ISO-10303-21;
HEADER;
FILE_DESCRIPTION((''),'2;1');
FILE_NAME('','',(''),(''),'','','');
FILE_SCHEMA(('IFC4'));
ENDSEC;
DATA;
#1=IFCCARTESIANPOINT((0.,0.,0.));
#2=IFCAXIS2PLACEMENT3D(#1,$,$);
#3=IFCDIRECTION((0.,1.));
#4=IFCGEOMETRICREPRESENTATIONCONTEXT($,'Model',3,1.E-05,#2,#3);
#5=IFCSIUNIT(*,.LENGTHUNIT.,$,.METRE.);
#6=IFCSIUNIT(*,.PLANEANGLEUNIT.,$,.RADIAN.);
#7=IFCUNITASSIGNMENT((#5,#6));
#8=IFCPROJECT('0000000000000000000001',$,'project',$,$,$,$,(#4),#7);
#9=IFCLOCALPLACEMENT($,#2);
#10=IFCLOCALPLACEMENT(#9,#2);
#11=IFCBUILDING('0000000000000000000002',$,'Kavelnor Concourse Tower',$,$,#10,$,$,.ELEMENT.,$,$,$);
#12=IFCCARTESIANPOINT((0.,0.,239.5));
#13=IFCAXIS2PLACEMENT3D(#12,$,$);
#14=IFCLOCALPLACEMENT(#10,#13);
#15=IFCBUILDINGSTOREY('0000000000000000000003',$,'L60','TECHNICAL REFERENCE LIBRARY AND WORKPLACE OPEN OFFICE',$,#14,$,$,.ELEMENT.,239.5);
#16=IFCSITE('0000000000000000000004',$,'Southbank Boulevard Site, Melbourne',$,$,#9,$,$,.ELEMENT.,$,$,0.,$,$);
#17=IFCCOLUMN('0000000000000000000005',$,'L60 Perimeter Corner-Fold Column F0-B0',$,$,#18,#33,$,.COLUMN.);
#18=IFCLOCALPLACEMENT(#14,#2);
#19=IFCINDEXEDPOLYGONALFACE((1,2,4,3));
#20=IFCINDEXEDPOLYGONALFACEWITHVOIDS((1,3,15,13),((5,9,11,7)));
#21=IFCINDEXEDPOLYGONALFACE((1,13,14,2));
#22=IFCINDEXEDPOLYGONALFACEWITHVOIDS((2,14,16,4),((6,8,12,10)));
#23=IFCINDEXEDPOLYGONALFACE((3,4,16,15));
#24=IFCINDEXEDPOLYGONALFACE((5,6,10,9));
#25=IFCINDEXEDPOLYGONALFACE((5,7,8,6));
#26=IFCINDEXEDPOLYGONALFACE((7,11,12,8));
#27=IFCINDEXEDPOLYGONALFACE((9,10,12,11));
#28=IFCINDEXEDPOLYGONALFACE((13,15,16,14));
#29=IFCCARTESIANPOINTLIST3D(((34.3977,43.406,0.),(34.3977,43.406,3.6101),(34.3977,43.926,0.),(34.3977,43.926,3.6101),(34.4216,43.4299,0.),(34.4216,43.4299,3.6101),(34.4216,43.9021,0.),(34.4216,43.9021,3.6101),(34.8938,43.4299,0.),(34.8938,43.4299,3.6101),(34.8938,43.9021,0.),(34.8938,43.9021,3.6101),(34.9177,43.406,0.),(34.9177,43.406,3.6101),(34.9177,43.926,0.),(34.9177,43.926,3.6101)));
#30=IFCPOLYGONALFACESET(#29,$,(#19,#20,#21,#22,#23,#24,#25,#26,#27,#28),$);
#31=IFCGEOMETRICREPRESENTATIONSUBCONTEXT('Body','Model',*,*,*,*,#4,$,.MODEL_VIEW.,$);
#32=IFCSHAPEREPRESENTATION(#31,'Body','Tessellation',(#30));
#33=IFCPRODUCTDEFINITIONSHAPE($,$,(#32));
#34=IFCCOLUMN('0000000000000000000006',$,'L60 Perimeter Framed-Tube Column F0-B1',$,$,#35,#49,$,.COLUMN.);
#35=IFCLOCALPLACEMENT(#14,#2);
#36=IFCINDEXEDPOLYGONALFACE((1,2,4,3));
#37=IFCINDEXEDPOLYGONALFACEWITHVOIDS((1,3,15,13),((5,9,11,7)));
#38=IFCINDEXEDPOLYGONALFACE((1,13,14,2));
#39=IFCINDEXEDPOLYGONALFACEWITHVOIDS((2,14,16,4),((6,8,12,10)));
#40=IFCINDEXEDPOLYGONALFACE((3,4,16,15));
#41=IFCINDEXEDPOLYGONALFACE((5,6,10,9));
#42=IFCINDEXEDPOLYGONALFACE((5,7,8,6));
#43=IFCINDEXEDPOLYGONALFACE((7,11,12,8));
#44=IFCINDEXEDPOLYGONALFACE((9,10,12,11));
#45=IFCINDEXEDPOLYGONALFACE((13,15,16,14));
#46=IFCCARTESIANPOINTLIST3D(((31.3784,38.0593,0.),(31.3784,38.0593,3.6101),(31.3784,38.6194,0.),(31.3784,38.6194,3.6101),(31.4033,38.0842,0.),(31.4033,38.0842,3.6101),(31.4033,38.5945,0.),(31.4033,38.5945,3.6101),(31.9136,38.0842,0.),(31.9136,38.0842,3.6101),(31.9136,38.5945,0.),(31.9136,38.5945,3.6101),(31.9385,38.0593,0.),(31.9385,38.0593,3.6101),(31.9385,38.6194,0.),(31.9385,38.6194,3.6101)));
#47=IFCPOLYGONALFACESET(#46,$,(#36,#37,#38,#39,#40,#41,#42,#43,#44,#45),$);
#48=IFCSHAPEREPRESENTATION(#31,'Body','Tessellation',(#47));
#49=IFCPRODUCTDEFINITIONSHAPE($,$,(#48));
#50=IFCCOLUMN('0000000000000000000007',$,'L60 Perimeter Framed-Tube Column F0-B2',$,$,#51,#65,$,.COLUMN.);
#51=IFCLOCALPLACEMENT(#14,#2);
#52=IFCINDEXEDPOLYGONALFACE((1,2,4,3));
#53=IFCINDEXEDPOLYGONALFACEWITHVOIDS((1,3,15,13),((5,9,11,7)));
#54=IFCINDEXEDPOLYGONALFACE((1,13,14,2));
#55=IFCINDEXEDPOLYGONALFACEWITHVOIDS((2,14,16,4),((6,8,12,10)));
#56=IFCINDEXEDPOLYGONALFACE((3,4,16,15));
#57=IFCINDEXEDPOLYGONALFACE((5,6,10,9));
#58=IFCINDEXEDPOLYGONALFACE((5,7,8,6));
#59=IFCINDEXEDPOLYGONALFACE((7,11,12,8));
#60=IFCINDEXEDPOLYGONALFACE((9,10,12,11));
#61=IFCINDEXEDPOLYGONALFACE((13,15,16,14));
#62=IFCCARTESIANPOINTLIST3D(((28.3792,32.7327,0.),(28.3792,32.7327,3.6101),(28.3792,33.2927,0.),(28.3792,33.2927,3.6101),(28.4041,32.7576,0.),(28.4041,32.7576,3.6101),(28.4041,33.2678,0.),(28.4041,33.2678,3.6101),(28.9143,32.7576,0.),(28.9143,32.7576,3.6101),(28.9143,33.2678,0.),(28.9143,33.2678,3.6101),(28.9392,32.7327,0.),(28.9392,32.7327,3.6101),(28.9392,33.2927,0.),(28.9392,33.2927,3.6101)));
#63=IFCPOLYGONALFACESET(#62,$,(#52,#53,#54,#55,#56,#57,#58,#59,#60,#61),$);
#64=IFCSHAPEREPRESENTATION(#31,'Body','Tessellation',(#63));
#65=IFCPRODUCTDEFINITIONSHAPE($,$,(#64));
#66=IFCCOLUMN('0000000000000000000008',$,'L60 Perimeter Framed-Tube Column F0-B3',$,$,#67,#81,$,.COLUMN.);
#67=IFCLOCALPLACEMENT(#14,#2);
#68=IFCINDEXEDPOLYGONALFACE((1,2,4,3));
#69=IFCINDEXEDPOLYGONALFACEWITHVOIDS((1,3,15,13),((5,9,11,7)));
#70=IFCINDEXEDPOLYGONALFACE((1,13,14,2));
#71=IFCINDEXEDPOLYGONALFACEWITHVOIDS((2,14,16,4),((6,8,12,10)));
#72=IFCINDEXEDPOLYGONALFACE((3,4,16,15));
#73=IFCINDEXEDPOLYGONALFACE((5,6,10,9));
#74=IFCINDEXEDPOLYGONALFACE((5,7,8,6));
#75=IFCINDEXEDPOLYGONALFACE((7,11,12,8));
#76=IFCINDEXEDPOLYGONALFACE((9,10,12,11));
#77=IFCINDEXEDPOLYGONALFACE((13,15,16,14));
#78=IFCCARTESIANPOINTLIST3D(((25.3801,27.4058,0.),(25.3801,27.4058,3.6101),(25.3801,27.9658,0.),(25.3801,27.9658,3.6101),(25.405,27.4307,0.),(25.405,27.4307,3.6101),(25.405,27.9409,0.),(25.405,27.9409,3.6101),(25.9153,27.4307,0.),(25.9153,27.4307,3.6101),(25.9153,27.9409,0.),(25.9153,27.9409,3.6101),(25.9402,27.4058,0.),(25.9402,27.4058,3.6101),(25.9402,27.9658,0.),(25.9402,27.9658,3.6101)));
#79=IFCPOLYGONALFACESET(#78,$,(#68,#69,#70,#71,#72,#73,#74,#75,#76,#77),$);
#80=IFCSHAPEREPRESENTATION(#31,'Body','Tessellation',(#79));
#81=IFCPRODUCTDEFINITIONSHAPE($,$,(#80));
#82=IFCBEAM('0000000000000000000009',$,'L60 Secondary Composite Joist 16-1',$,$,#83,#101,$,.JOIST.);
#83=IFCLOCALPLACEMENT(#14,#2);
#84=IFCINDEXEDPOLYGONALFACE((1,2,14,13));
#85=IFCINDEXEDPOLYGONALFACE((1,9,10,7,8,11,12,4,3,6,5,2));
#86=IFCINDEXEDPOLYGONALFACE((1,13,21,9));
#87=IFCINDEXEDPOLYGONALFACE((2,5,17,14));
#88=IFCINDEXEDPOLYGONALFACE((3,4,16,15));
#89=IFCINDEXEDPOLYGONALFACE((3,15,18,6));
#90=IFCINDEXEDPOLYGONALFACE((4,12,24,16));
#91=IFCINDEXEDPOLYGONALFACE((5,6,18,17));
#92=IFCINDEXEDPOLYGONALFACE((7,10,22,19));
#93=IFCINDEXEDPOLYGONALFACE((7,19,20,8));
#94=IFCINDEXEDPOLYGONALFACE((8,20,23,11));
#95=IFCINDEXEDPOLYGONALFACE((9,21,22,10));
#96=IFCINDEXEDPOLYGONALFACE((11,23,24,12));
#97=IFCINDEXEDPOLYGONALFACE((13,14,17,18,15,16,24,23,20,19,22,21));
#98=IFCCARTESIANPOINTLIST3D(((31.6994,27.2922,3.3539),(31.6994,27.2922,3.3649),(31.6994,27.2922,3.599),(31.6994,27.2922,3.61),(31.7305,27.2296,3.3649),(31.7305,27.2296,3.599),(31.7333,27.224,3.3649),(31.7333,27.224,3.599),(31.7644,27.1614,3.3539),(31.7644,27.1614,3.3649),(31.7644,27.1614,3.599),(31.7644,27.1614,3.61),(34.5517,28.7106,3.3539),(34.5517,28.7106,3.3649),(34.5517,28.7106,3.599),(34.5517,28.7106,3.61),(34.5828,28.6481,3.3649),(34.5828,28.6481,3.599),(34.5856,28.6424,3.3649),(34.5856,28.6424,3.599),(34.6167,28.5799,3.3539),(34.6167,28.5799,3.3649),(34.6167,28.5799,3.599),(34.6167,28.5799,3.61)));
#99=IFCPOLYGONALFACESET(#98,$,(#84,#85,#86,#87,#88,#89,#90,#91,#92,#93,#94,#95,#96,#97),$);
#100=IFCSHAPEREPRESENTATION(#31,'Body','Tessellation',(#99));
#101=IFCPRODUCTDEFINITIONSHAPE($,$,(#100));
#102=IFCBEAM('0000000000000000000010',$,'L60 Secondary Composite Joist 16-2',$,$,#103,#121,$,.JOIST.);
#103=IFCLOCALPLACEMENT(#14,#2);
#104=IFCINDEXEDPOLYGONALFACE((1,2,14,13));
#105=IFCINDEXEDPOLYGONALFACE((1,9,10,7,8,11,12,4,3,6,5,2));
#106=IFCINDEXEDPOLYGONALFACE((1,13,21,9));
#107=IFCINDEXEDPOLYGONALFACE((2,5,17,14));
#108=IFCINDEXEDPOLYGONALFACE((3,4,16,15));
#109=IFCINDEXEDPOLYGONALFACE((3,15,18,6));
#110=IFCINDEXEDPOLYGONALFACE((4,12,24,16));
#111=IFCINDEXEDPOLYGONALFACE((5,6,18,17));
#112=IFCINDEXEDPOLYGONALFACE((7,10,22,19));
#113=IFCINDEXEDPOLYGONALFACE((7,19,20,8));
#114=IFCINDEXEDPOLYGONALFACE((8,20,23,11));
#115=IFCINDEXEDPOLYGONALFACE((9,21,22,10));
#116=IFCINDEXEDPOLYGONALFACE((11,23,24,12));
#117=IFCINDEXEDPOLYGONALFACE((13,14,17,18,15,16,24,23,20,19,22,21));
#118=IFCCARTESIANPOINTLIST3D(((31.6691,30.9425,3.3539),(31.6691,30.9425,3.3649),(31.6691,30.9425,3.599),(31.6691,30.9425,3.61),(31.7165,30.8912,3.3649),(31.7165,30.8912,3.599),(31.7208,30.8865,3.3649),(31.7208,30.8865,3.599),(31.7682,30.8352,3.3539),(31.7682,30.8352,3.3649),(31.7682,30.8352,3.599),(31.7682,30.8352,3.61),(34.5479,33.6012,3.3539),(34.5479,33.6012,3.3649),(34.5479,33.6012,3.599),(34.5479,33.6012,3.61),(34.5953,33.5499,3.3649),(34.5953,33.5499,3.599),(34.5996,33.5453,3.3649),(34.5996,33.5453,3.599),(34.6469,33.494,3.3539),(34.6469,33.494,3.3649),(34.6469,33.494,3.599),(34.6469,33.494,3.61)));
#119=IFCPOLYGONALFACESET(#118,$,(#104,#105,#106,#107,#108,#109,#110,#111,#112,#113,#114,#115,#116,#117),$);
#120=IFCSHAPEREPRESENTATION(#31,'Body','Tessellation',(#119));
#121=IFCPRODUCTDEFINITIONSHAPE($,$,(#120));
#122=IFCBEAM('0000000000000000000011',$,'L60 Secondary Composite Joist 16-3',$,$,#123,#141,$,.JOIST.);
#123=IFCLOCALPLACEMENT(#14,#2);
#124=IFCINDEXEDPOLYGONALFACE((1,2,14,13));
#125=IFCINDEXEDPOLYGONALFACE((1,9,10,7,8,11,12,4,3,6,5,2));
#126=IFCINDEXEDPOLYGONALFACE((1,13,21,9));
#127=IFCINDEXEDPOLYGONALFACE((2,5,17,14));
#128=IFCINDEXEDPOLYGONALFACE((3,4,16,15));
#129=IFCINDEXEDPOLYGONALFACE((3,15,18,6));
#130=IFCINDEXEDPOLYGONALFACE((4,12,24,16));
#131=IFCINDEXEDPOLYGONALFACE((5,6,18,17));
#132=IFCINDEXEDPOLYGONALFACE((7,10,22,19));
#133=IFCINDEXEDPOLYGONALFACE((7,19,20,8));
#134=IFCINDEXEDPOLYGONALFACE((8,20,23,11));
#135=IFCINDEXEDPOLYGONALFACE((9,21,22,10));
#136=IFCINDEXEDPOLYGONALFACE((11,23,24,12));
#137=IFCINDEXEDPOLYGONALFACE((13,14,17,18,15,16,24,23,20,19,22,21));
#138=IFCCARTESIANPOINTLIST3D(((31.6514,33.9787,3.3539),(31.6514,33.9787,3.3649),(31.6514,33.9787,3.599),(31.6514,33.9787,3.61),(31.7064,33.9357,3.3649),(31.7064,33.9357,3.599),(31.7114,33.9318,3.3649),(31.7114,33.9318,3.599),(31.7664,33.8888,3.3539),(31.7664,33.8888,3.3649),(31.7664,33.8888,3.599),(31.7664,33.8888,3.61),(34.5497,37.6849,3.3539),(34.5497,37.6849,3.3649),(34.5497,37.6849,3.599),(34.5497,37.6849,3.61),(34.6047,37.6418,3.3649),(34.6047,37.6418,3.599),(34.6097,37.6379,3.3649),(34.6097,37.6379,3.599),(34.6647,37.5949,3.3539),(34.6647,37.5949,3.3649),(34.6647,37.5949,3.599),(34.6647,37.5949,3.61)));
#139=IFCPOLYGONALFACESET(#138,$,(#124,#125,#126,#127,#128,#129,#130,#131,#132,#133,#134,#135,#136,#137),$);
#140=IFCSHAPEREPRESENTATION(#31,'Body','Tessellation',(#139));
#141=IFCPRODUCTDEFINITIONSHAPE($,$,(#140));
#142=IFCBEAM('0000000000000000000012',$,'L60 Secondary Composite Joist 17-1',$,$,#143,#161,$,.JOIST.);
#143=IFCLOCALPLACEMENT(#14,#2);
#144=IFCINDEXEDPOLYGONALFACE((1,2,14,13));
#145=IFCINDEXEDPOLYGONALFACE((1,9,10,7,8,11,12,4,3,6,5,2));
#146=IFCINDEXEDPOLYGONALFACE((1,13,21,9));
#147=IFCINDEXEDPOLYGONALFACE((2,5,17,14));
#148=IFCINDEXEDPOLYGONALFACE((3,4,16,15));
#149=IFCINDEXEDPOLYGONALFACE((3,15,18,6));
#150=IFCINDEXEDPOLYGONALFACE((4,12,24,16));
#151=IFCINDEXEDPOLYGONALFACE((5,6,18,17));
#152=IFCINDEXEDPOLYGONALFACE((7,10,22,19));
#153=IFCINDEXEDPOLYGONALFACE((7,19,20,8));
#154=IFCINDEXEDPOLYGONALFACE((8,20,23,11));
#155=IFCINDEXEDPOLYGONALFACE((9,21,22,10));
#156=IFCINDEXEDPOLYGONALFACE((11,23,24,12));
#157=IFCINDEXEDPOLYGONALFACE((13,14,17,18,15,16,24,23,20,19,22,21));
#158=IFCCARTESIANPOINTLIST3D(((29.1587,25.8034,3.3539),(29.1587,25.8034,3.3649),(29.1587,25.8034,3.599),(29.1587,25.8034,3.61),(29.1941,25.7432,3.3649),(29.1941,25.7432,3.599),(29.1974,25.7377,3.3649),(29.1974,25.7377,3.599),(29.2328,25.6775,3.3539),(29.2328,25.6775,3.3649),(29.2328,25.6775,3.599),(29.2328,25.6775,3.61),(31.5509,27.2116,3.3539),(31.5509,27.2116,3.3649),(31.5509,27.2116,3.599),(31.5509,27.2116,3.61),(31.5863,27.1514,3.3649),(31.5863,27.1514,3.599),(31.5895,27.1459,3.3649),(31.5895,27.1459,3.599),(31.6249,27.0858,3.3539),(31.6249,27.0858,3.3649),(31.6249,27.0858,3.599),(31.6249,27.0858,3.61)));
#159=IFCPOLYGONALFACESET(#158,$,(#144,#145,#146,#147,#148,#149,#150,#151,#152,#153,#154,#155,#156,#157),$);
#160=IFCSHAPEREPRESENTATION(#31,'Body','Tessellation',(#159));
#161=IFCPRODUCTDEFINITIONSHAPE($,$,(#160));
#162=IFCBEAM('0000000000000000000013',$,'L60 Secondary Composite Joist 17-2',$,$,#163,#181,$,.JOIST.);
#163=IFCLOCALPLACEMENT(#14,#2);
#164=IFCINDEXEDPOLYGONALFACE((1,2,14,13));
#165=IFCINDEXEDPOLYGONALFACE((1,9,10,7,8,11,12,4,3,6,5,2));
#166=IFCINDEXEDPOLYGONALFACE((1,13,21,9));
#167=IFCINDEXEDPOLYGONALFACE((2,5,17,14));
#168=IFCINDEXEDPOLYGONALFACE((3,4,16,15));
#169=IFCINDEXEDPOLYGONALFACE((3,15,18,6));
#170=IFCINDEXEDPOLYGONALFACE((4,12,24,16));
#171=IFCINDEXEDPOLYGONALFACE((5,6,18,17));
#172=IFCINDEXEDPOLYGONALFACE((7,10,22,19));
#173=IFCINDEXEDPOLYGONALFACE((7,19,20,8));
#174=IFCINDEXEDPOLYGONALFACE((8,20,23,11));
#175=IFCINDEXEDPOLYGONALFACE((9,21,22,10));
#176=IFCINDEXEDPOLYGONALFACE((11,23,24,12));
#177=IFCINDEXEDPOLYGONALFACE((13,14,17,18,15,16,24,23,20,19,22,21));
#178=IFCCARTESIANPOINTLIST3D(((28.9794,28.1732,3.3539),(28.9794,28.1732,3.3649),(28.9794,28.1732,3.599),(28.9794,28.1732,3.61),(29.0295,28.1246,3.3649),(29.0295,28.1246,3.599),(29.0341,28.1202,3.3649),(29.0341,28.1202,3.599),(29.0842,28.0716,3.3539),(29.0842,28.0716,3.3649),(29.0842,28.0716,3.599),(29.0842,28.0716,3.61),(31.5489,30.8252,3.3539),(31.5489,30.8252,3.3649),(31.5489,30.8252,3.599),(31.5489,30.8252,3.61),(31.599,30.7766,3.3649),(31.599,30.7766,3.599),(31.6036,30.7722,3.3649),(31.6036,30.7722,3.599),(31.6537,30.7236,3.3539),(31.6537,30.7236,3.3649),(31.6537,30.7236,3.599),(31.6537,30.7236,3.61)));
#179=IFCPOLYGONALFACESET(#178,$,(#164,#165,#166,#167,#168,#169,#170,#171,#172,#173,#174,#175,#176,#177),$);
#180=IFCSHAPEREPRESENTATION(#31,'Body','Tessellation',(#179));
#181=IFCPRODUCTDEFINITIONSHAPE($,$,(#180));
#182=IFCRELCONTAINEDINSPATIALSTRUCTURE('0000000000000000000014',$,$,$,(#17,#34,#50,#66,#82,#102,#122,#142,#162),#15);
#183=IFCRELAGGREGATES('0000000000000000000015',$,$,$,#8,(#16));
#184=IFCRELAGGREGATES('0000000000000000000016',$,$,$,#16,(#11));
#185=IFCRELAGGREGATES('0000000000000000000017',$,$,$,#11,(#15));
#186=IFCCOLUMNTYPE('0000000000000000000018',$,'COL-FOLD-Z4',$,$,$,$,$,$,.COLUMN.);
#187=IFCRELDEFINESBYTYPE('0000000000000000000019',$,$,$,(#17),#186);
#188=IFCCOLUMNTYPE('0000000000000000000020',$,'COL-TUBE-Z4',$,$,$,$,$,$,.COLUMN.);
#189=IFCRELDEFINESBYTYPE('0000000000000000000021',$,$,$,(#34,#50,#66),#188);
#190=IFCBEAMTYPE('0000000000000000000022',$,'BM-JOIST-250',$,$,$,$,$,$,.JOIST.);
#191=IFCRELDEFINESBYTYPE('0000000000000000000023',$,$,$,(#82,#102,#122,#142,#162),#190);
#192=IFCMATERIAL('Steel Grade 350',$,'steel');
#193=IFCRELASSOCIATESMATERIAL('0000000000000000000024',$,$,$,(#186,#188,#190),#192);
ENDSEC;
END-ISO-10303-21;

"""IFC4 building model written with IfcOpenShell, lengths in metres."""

from ifc_helpers import new_model, si_unit, direction, frame, origin, origin_2d, place, context, subcontext, project, spatial, hollow_rectangle, i_section, extrude, material, material_profile, profile_set, type_object, element, save


model = new_model("IFC4")

# Units and contexts
model_context = context("Model", 3, precision=1e-05, world=origin(), true_north=direction((0.0, 1.0)))
body_context = subcontext(model_context, "Body", "Model", "MODEL_VIEW")
ifc_project = project(units=[si_unit("LENGTHUNIT", "METRE"), si_unit("PLANEANGLEUNIT", "RADIAN")], contexts=[model_context])

# Site, building, storey
site_placement = place(None, origin())
site = spatial("IfcSite", under=ifc_project, at=site_placement, Name="Southbank Boulevard Site, Melbourne", CompositionType="ELEMENT", RefElevation=0.0)
building_placement = place(site_placement, origin())
building = spatial("IfcBuilding", under=site, at=building_placement, Name="Kavelnor Concourse Tower", CompositionType="ELEMENT")
storey_placement = place(building_placement, frame((0.0, 0.0, 239.5)))
storey = spatial("IfcBuildingStorey", under=building, at=storey_placement, Name="L60", Description="TECHNICAL REFERENCE LIBRARY AND WORKPLACE OPEN OFFICE", CompositionType="ELEMENT", Elevation=239.5)

# Columns
ifc_material_1 = material(Name="Steel Grade 350", Category="steel")
ifc_material_profile_1 = material_profile(ifc_material_1, hollow_rectangle(XDim=0.52, YDim=0.52, WallThickness=0.0239, at=origin_2d()), Name="SHS 520x520x24")
ifc_profile_set_1 = profile_set([ifc_material_profile_1], Name="Steel Grade 350")
column_type_1 = type_object("IfcColumnType", Name="COL-FOLD-Z4", PredefinedType="COLUMN", material=ifc_profile_set_1)
column_placement = place(storey_placement, frame((34.6577, 43.666, 0.0), z_axis=(0.0, 0.0, 1.0), x_axis=(1.0, 0.0, 0.0)))
element("IfcColumn", 1, at=column_placement, inside=storey, type_object=column_type_1, Name="L60 Perimeter Corner-Fold Column F0-B0", PredefinedType="COLUMN", context=body_context, shape_type="SweptSolid", body=[
    extrude(hollow_rectangle(XDim=0.52, YDim=0.52, WallThickness=0.0239, at=origin_2d()), origin(), (0.0, 0.0, 1.0), 3.6101),
])
ifc_material_profile_2 = material_profile(ifc_material_1, hollow_rectangle(XDim=0.5601, YDim=0.5601, WallThickness=0.0249, at=origin_2d()), Name="SHS 560x560x25")
ifc_profile_set_2 = profile_set([ifc_material_profile_2], Name="Steel Grade 350")
column_type_2 = type_object("IfcColumnType", Name="COL-TUBE-Z4", PredefinedType="COLUMN", material=ifc_profile_set_2)
for number, where, z_axis, x_axis, name in (
    (2, (31.6584, 38.3394, 0.0), (0.0, 0.0, 1.0), (1.0, 0.0, 0.0), "L60 Perimeter Framed-Tube Column F0-B1"),
    (3, (28.6592, 33.0127, 0.0), (0.0, 0.0, 1.0), (1.0, 0.0, 0.0), "L60 Perimeter Framed-Tube Column F0-B2"),
    (4, (25.6602, 27.6858, 0.0), (0.0, 0.0, 1.0), (1.0, 0.0, 0.0), "L60 Perimeter Framed-Tube Column F0-B3"),
):
    element("IfcColumn", number, at=place(storey_placement, frame(where, z_axis=z_axis, x_axis=x_axis)), inside=storey, type_object=column_type_2, Name=name, PredefinedType="COLUMN", context=body_context, shape_type="SweptSolid", body=[
        extrude(hollow_rectangle(XDim=0.5601, YDim=0.5601, WallThickness=0.0249, at=origin_2d()), origin(), (0.0, 0.0, 1.0), 3.6101),
    ])

# Beams
ifc_material_profile_3 = material_profile(ifc_material_1, i_section(OverallWidth=0.146, OverallDepth=0.2561, WebThickness=0.0063, FlangeThickness=0.011, at=origin_2d()), Name="250UB37")
ifc_profile_set_3 = profile_set([ifc_material_profile_3], Name="Steel Grade 350")
beam_type_1 = type_object("IfcBeamType", Name="BM-JOIST-250", PredefinedType="JOIST", material=ifc_profile_set_3)
beam_1_placement = place(storey_placement, frame((34.5842, 28.6453, 3.4819), z_axis=(-0.895391, -0.445281, 0.0), x_axis=(0.445281, -0.895391, 0.0)))
element("IfcBeam", 5, at=beam_1_placement, inside=storey, type_object=beam_type_1, Name="L60 Secondary Composite Joist 16-1", PredefinedType="JOIST", context=body_context, shape_type="SweptSolid", body=[
    extrude(i_section(OverallWidth=0.146, OverallDepth=0.2561, WebThickness=0.0063, FlangeThickness=0.011, at=origin_2d()), origin(), (0.0, 0.0, 1.0), 3.1855),
])
beam_2_placement = place(storey_placement, frame((34.5974, 33.5476, 3.4819), z_axis=(-0.734617, -0.678482, 0.0), x_axis=(0.678482, -0.734617, 0.0)))
element("IfcBeam", 6, at=beam_2_placement, inside=storey, type_object=beam_type_1, Name="L60 Secondary Composite Joist 16-2", PredefinedType="JOIST", context=body_context, shape_type="SweptSolid", body=[
    extrude(i_section(OverallWidth=0.146, OverallDepth=0.2561, WebThickness=0.0063, FlangeThickness=0.011, at=origin_2d()), origin(), (0.0, 0.0, 1.0), 3.9187),
])
beam_3_placement = place(storey_placement, frame((34.6072, 37.6399, 3.4819), z_axis=(-0.616019, -0.787732, 0.0), x_axis=(0.787732, -0.616019, 0.0)))
element("IfcBeam", 7, at=beam_3_placement, inside=storey, type_object=beam_type_1, Name="L60 Secondary Composite Joist 16-3", PredefinedType="JOIST", context=body_context, shape_type="SweptSolid", body=[
    extrude(i_section(OverallWidth=0.146, OverallDepth=0.2561, WebThickness=0.0063, FlangeThickness=0.011, at=origin_2d()), origin(), (0.0, 0.0, 1.0), 4.7048),
])
beam_4_placement = place(storey_placement, frame((31.5879, 27.1487, 3.4819), z_axis=(-0.861762, -0.507312, 0.0), x_axis=(0.507312, -0.861762, 0.0)))
element("IfcBeam", 8, at=beam_4_placement, inside=storey, type_object=beam_type_1, Name="L60 Secondary Composite Joist 17-1", PredefinedType="JOIST", context=body_context, shape_type="SweptSolid", body=[
    extrude(i_section(OverallWidth=0.146, OverallDepth=0.2561, WebThickness=0.0063, FlangeThickness=0.011, at=origin_2d()), origin(), (0.0, 0.0, 1.0), 2.7759),
])
beam_5_placement = place(storey_placement, frame((31.6013, 30.7744, 3.4819), z_axis=(-0.695845, -0.718192, 0.0), x_axis=(0.718192, -0.695845, 0.0)))
element("IfcBeam", 9, at=beam_5_placement, inside=storey, type_object=beam_type_1, Name="L60 Secondary Composite Joist 17-2", PredefinedType="JOIST", context=body_context, shape_type="SweptSolid", body=[
    extrude(i_section(OverallWidth=0.146, OverallDepth=0.2561, WebThickness=0.0063, FlangeThickness=0.011, at=origin_2d()), origin(), (0.0, 0.0, 1.0), 3.6926),
])

save(model, "model.ifc")
